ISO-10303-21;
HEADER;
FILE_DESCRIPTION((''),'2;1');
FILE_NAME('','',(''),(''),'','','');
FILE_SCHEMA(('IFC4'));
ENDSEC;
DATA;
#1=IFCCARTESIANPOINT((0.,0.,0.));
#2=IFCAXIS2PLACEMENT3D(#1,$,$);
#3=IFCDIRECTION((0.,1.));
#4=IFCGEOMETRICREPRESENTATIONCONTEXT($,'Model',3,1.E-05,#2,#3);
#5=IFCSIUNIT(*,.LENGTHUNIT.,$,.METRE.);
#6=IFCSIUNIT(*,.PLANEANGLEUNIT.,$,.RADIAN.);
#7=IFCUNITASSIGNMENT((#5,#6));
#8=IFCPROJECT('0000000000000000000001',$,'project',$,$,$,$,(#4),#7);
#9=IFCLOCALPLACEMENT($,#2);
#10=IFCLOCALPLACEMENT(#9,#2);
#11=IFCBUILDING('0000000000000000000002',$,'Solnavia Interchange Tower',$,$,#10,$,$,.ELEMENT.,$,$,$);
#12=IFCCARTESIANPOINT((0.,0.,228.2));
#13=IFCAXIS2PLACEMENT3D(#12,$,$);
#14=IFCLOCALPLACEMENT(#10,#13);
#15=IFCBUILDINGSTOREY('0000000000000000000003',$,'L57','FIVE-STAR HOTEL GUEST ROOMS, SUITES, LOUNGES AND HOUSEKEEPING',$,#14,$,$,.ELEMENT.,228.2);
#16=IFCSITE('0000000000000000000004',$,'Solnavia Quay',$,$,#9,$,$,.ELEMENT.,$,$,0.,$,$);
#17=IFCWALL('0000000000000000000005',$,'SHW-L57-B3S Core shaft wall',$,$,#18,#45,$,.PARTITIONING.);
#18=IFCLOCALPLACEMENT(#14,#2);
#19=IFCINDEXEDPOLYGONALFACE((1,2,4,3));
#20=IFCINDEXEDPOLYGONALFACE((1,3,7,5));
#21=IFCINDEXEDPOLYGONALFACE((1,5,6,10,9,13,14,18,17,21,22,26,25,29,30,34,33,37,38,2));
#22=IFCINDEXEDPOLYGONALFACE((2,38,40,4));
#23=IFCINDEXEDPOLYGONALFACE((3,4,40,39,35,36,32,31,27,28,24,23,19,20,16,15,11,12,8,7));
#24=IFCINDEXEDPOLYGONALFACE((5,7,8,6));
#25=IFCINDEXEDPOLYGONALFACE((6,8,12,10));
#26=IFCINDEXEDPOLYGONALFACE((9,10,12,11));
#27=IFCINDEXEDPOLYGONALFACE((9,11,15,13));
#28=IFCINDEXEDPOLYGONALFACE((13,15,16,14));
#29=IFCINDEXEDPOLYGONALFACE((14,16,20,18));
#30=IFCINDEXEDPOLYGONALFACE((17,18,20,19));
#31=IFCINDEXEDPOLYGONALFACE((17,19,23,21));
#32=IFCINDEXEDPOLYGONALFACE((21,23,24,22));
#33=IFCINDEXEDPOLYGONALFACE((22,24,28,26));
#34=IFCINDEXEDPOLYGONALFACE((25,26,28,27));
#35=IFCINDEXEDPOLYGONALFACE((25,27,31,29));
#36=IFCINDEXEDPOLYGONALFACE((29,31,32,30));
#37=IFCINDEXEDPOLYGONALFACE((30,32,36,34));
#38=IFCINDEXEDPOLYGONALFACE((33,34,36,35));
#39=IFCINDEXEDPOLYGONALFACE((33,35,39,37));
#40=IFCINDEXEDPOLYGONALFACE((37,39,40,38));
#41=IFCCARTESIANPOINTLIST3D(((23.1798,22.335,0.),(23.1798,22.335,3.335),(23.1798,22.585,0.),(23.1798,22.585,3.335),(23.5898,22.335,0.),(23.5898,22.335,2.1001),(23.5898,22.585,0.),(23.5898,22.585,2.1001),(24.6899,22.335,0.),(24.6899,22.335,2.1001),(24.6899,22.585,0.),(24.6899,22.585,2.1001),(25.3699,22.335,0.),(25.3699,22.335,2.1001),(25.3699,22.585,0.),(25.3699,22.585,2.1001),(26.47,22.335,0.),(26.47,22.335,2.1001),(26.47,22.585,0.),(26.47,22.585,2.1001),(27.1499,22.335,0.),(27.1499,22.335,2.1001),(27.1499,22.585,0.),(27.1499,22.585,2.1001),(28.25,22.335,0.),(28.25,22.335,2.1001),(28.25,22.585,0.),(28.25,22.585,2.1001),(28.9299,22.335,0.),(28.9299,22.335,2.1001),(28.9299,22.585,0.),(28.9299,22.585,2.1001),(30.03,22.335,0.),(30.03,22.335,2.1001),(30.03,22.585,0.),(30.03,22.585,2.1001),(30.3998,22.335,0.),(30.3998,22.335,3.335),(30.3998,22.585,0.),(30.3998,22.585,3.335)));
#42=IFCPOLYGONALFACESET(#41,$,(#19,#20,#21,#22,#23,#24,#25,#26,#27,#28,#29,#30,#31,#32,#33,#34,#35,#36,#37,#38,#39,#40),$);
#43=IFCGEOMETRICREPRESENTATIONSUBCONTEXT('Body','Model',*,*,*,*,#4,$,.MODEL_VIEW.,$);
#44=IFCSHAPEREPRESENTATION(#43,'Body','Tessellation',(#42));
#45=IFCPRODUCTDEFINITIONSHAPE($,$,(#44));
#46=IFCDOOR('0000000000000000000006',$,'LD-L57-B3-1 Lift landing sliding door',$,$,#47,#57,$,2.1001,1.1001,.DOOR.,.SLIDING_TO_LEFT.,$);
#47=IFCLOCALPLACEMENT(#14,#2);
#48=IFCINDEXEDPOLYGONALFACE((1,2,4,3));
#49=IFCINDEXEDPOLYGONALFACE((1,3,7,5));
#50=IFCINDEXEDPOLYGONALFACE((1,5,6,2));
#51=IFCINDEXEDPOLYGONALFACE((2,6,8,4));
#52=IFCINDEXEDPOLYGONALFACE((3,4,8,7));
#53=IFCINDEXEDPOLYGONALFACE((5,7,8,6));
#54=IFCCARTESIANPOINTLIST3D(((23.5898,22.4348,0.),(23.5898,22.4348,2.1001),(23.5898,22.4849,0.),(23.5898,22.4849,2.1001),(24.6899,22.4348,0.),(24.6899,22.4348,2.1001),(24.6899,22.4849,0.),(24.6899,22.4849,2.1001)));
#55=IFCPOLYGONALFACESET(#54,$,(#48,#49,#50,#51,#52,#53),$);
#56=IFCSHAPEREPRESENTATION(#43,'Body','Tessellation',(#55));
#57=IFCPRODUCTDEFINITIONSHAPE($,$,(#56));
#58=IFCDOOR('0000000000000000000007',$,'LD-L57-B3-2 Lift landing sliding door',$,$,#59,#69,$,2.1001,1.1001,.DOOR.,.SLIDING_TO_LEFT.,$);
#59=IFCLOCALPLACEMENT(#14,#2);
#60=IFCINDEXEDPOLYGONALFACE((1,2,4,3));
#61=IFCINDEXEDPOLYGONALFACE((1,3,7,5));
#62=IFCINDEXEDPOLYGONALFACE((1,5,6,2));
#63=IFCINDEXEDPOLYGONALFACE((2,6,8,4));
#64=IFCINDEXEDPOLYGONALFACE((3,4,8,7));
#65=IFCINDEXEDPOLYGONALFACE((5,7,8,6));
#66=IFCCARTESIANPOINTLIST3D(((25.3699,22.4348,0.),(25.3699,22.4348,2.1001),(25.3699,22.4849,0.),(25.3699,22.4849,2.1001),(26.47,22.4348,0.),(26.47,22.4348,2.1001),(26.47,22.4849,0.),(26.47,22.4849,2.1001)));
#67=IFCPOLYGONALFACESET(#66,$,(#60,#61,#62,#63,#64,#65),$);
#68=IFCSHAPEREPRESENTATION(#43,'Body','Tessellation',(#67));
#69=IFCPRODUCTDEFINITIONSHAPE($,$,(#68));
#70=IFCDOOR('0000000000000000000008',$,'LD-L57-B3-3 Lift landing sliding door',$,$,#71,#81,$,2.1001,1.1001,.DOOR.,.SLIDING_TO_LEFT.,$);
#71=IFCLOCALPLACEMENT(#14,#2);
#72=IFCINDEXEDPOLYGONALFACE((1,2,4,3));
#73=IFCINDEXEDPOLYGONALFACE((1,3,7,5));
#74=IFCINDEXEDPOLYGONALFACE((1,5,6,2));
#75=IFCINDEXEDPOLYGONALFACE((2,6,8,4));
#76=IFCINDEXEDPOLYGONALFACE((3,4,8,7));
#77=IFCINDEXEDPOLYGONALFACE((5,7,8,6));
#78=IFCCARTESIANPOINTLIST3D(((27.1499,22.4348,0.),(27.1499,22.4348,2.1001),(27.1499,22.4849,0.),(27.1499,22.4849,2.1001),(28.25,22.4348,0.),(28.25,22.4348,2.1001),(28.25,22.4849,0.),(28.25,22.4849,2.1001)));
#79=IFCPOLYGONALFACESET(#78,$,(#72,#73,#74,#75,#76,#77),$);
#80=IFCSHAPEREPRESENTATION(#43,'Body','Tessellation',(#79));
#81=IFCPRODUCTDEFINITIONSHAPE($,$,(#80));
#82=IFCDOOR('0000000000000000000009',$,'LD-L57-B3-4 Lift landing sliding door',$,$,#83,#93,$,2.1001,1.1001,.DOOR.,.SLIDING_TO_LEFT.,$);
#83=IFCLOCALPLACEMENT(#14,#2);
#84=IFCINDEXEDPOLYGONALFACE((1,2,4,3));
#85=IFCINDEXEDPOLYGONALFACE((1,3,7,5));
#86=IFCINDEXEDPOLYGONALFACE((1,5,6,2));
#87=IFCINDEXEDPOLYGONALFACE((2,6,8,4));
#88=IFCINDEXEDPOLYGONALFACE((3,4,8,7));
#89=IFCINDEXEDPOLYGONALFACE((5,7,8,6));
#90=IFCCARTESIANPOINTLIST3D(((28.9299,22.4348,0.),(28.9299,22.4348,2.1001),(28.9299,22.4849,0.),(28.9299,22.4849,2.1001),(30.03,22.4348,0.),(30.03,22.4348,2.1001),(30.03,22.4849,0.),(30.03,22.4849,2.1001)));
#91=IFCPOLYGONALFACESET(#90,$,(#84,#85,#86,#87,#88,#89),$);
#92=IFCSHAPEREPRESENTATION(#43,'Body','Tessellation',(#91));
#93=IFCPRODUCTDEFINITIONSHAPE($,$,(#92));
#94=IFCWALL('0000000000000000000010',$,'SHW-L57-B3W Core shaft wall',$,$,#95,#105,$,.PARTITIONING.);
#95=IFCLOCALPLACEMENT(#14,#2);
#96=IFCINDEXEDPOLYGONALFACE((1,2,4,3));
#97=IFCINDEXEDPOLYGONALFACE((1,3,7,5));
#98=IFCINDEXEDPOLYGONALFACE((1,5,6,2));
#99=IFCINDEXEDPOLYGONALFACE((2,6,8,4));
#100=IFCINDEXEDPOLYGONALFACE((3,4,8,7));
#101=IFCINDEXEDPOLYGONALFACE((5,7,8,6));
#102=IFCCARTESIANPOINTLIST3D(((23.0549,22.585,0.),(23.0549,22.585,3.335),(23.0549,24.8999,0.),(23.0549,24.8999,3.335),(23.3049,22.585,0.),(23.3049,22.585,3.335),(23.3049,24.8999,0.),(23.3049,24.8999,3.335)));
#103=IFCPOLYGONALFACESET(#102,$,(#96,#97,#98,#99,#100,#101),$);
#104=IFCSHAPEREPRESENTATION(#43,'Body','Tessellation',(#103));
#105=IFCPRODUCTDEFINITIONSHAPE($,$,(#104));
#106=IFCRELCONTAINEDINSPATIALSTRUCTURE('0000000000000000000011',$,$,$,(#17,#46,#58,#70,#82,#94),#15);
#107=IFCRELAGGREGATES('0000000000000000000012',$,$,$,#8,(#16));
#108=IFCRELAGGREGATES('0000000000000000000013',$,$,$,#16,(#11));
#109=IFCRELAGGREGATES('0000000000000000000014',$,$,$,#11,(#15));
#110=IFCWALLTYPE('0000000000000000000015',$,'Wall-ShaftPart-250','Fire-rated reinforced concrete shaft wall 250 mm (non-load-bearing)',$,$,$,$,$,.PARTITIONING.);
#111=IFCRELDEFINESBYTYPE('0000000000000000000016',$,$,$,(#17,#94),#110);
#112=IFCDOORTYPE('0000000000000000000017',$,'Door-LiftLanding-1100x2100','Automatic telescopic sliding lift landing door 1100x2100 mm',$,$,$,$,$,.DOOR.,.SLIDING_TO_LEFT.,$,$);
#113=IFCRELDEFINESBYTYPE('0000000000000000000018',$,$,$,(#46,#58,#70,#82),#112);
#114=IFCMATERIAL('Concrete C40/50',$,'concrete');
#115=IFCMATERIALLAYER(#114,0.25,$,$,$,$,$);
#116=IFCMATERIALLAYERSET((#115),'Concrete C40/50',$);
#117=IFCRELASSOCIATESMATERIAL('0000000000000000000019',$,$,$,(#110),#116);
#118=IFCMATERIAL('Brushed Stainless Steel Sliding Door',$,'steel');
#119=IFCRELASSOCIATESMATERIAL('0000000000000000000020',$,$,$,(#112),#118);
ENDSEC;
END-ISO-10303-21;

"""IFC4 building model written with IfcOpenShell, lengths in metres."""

from ifc_helpers import new_model, si_unit, direction, frame, frame_2d, origin, place, context, subcontext, project, spatial, rectangle, extrude, material, layer, layer_set, type_object, element, fill, save


model = new_model("IFC4")

# Units and contexts
model_context = context("Model", 3, precision=1e-05, world=origin(), true_north=direction((0.0, 1.0)))
body_context = subcontext(model_context, "Body", "Model", "MODEL_VIEW")
ifc_project = project(units=[si_unit("LENGTHUNIT", "METRE"), si_unit("PLANEANGLEUNIT", "RADIAN")], contexts=[model_context])

# Site, building, storey
site_placement = place(None, origin())
site = spatial("IfcSite", under=ifc_project, at=site_placement, Name="Solnavia Quay", CompositionType="ELEMENT", RefElevation=0.0)
building_placement = place(site_placement, origin())
building = spatial("IfcBuilding", under=site, at=building_placement, Name="Solnavia Interchange Tower", CompositionType="ELEMENT")
storey_placement = place(building_placement, frame((0.0, 0.0, 228.2)))
storey = spatial("IfcBuildingStorey", under=building, at=storey_placement, Name="L57", Description="FIVE-STAR HOTEL GUEST ROOMS, SUITES, LOUNGES AND HOUSEKEEPING", CompositionType="ELEMENT", Elevation=228.2)

# Shared definitions
ifc_material_1 = material(Name="Concrete C40/50", Category="concrete")

# Shared definitions
ifc_layer_1 = layer(ifc_material_1, 0.25)
ifc_layer_set_1 = layer_set([ifc_layer_1], Name="Concrete C40/50")
wall_type_1 = type_object("IfcWallType", Name="Wall-ShaftPart-250", Description="Fire-rated reinforced concrete shaft wall 250 mm (non-load-bearing)", PredefinedType="PARTITIONING", material=ifc_layer_set_1)
ifc_material_2 = material(Name="Brushed Stainless Steel Sliding Door", Category="steel")
door_type_1 = type_object("IfcDoorType", Name="Door-LiftLanding-1100x2100", Description="Automatic telescopic sliding lift landing door 1100x2100 mm", OperationType="SLIDING_TO_LEFT", PredefinedType="DOOR", material=ifc_material_2)

# Wall, openings, doors
wall_1_placement = place(storey_placement, frame((23.1799, 22.46, 0.0), z_axis=(0.0, 0.0, 1.0), x_axis=(1.0, 0.0, 0.0)))
wall_1 = element("IfcWall", 1, at=wall_1_placement, inside=storey, type_object=wall_type_1, Name="SHW-L57-B3S Core shaft wall", PredefinedType="PARTITIONING", context=body_context, shape_type="SweptSolid", body=[
    extrude(rectangle(XDim=7.22, YDim=0.25, at=frame_2d((3.6099, 0.0))), origin(), (0.0, 0.0, 1.0), 3.335),
])
opening_1_placement = place(wall_1_placement, frame((0.4099, 0.0, 0.0)))
opening_1 = element("IfcOpeningElement", 2, at=opening_1_placement, cuts=wall_1, PredefinedType="OPENING", context=body_context, shape_type="SweptSolid", body=[
    extrude(rectangle(XDim=1.1001, YDim=2.1001, at=frame_2d((0.55, 1.05))), frame((0.0, 0.135, 0.0), z_axis=(0.0, -1.0, 0.0), x_axis=(1.0, 0.0, 0.0)), (0.0, 0.0, 1.0), 0.27),
])
opening_2_placement = place(wall_1_placement, frame((2.1899, 0.0, 0.0)))
opening_2 = element("IfcOpeningElement", 3, at=opening_2_placement, cuts=wall_1, PredefinedType="OPENING", context=body_context, shape_type="SweptSolid", body=[
    extrude(rectangle(XDim=1.1001, YDim=2.1001, at=frame_2d((0.55, 1.05))), frame((0.0, 0.135, 0.0), z_axis=(0.0, -1.0, 0.0), x_axis=(1.0, 0.0, 0.0)), (0.0, 0.0, 1.0), 0.27),
])
opening_3_placement = place(wall_1_placement, frame((3.97, 0.0, 0.0)))
opening_3 = element("IfcOpeningElement", 4, at=opening_3_placement, cuts=wall_1, PredefinedType="OPENING", context=body_context, shape_type="SweptSolid", body=[
    extrude(rectangle(XDim=1.1001, YDim=2.1001, at=frame_2d((0.55, 1.05))), frame((0.0, 0.135, 0.0), z_axis=(0.0, -1.0, 0.0), x_axis=(1.0, 0.0, 0.0)), (0.0, 0.0, 1.0), 0.27),
])
opening_4_placement = place(wall_1_placement, frame((5.75, 0.0, 0.0)))
opening_4 = element("IfcOpeningElement", 5, at=opening_4_placement, cuts=wall_1, PredefinedType="OPENING", context=body_context, shape_type="SweptSolid", body=[
    extrude(rectangle(XDim=1.1001, YDim=2.1001, at=frame_2d((0.55, 1.05))), frame((0.0, 0.135, 0.0), z_axis=(0.0, -1.0, 0.0), x_axis=(1.0, 0.0, 0.0)), (0.0, 0.0, 1.0), 0.27),
])
door_1_placement = place(opening_1_placement, origin())
door_1 = element("IfcDoor", 6, at=door_1_placement, inside=storey, type_object=door_type_1, Name="LD-L57-B3-1 Lift landing sliding door", OperationType="SLIDING_TO_LEFT", OverallHeight=2.1001, OverallWidth=1.1001, PredefinedType="DOOR", context=body_context, shape_type="SweptSolid", body=[
    extrude(rectangle(XDim=1.1001, YDim=2.1001, at=frame_2d((0.55, 1.05))), frame((0.0, 0.0249, 0.0), z_axis=(0.0, -1.0, 0.0), x_axis=(1.0, 0.0, 0.0)), (0.0, 0.0, 1.0), 0.05),
])
fill(opening_1, door_1)
door_2_placement = place(opening_2_placement, origin())
door_2 = element("IfcDoor", 7, at=door_2_placement, inside=storey, type_object=door_type_1, Name="LD-L57-B3-2 Lift landing sliding door", OperationType="SLIDING_TO_LEFT", OverallHeight=2.1001, OverallWidth=1.1001, PredefinedType="DOOR", context=body_context, shape_type="SweptSolid", body=[
    extrude(rectangle(XDim=1.1001, YDim=2.1001, at=frame_2d((0.55, 1.05))), frame((0.0, 0.0249, 0.0), z_axis=(0.0, -1.0, 0.0), x_axis=(1.0, 0.0, 0.0)), (0.0, 0.0, 1.0), 0.05),
])
fill(opening_2, door_2)
door_3_placement = place(opening_3_placement, origin())
door_3 = element("IfcDoor", 8, at=door_3_placement, inside=storey, type_object=door_type_1, Name="LD-L57-B3-3 Lift landing sliding door", OperationType="SLIDING_TO_LEFT", OverallHeight=2.1001, OverallWidth=1.1001, PredefinedType="DOOR", context=body_context, shape_type="SweptSolid", body=[
    extrude(rectangle(XDim=1.1001, YDim=2.1001, at=frame_2d((0.55, 1.05))), frame((0.0, 0.0249, 0.0), z_axis=(0.0, -1.0, 0.0), x_axis=(1.0, 0.0, 0.0)), (0.0, 0.0, 1.0), 0.05),
])
fill(opening_3, door_3)
door_4_placement = place(opening_4_placement, origin())
door_4 = element("IfcDoor", 9, at=door_4_placement, inside=storey, type_object=door_type_1, Name="LD-L57-B3-4 Lift landing sliding door", OperationType="SLIDING_TO_LEFT", OverallHeight=2.1001, OverallWidth=1.1001, PredefinedType="DOOR", context=body_context, shape_type="SweptSolid", body=[
    extrude(rectangle(XDim=1.1001, YDim=2.1001, at=frame_2d((0.55, 1.05))), frame((0.0, 0.0249, 0.0), z_axis=(0.0, -1.0, 0.0), x_axis=(1.0, 0.0, 0.0)), (0.0, 0.0, 1.0), 0.05),
])
fill(opening_4, door_4)

# Wall
wall_2_placement = place(storey_placement, frame((23.1799, 22.585, 0.0), z_axis=(0.0, 0.0, 1.0), x_axis=(0.0, 1.0, 0.0)))
element("IfcWall", 10, at=wall_2_placement, inside=storey, type_object=wall_type_1, Name="SHW-L57-B3W Core shaft wall", PredefinedType="PARTITIONING", context=body_context, shape_type="SweptSolid", body=[
    extrude(rectangle(XDim=2.3149, YDim=0.25, at=frame_2d((1.1575, 0.0))), origin(), (0.0, 0.0, 1.0), 3.335),
])

save(model, "model.ifc")
